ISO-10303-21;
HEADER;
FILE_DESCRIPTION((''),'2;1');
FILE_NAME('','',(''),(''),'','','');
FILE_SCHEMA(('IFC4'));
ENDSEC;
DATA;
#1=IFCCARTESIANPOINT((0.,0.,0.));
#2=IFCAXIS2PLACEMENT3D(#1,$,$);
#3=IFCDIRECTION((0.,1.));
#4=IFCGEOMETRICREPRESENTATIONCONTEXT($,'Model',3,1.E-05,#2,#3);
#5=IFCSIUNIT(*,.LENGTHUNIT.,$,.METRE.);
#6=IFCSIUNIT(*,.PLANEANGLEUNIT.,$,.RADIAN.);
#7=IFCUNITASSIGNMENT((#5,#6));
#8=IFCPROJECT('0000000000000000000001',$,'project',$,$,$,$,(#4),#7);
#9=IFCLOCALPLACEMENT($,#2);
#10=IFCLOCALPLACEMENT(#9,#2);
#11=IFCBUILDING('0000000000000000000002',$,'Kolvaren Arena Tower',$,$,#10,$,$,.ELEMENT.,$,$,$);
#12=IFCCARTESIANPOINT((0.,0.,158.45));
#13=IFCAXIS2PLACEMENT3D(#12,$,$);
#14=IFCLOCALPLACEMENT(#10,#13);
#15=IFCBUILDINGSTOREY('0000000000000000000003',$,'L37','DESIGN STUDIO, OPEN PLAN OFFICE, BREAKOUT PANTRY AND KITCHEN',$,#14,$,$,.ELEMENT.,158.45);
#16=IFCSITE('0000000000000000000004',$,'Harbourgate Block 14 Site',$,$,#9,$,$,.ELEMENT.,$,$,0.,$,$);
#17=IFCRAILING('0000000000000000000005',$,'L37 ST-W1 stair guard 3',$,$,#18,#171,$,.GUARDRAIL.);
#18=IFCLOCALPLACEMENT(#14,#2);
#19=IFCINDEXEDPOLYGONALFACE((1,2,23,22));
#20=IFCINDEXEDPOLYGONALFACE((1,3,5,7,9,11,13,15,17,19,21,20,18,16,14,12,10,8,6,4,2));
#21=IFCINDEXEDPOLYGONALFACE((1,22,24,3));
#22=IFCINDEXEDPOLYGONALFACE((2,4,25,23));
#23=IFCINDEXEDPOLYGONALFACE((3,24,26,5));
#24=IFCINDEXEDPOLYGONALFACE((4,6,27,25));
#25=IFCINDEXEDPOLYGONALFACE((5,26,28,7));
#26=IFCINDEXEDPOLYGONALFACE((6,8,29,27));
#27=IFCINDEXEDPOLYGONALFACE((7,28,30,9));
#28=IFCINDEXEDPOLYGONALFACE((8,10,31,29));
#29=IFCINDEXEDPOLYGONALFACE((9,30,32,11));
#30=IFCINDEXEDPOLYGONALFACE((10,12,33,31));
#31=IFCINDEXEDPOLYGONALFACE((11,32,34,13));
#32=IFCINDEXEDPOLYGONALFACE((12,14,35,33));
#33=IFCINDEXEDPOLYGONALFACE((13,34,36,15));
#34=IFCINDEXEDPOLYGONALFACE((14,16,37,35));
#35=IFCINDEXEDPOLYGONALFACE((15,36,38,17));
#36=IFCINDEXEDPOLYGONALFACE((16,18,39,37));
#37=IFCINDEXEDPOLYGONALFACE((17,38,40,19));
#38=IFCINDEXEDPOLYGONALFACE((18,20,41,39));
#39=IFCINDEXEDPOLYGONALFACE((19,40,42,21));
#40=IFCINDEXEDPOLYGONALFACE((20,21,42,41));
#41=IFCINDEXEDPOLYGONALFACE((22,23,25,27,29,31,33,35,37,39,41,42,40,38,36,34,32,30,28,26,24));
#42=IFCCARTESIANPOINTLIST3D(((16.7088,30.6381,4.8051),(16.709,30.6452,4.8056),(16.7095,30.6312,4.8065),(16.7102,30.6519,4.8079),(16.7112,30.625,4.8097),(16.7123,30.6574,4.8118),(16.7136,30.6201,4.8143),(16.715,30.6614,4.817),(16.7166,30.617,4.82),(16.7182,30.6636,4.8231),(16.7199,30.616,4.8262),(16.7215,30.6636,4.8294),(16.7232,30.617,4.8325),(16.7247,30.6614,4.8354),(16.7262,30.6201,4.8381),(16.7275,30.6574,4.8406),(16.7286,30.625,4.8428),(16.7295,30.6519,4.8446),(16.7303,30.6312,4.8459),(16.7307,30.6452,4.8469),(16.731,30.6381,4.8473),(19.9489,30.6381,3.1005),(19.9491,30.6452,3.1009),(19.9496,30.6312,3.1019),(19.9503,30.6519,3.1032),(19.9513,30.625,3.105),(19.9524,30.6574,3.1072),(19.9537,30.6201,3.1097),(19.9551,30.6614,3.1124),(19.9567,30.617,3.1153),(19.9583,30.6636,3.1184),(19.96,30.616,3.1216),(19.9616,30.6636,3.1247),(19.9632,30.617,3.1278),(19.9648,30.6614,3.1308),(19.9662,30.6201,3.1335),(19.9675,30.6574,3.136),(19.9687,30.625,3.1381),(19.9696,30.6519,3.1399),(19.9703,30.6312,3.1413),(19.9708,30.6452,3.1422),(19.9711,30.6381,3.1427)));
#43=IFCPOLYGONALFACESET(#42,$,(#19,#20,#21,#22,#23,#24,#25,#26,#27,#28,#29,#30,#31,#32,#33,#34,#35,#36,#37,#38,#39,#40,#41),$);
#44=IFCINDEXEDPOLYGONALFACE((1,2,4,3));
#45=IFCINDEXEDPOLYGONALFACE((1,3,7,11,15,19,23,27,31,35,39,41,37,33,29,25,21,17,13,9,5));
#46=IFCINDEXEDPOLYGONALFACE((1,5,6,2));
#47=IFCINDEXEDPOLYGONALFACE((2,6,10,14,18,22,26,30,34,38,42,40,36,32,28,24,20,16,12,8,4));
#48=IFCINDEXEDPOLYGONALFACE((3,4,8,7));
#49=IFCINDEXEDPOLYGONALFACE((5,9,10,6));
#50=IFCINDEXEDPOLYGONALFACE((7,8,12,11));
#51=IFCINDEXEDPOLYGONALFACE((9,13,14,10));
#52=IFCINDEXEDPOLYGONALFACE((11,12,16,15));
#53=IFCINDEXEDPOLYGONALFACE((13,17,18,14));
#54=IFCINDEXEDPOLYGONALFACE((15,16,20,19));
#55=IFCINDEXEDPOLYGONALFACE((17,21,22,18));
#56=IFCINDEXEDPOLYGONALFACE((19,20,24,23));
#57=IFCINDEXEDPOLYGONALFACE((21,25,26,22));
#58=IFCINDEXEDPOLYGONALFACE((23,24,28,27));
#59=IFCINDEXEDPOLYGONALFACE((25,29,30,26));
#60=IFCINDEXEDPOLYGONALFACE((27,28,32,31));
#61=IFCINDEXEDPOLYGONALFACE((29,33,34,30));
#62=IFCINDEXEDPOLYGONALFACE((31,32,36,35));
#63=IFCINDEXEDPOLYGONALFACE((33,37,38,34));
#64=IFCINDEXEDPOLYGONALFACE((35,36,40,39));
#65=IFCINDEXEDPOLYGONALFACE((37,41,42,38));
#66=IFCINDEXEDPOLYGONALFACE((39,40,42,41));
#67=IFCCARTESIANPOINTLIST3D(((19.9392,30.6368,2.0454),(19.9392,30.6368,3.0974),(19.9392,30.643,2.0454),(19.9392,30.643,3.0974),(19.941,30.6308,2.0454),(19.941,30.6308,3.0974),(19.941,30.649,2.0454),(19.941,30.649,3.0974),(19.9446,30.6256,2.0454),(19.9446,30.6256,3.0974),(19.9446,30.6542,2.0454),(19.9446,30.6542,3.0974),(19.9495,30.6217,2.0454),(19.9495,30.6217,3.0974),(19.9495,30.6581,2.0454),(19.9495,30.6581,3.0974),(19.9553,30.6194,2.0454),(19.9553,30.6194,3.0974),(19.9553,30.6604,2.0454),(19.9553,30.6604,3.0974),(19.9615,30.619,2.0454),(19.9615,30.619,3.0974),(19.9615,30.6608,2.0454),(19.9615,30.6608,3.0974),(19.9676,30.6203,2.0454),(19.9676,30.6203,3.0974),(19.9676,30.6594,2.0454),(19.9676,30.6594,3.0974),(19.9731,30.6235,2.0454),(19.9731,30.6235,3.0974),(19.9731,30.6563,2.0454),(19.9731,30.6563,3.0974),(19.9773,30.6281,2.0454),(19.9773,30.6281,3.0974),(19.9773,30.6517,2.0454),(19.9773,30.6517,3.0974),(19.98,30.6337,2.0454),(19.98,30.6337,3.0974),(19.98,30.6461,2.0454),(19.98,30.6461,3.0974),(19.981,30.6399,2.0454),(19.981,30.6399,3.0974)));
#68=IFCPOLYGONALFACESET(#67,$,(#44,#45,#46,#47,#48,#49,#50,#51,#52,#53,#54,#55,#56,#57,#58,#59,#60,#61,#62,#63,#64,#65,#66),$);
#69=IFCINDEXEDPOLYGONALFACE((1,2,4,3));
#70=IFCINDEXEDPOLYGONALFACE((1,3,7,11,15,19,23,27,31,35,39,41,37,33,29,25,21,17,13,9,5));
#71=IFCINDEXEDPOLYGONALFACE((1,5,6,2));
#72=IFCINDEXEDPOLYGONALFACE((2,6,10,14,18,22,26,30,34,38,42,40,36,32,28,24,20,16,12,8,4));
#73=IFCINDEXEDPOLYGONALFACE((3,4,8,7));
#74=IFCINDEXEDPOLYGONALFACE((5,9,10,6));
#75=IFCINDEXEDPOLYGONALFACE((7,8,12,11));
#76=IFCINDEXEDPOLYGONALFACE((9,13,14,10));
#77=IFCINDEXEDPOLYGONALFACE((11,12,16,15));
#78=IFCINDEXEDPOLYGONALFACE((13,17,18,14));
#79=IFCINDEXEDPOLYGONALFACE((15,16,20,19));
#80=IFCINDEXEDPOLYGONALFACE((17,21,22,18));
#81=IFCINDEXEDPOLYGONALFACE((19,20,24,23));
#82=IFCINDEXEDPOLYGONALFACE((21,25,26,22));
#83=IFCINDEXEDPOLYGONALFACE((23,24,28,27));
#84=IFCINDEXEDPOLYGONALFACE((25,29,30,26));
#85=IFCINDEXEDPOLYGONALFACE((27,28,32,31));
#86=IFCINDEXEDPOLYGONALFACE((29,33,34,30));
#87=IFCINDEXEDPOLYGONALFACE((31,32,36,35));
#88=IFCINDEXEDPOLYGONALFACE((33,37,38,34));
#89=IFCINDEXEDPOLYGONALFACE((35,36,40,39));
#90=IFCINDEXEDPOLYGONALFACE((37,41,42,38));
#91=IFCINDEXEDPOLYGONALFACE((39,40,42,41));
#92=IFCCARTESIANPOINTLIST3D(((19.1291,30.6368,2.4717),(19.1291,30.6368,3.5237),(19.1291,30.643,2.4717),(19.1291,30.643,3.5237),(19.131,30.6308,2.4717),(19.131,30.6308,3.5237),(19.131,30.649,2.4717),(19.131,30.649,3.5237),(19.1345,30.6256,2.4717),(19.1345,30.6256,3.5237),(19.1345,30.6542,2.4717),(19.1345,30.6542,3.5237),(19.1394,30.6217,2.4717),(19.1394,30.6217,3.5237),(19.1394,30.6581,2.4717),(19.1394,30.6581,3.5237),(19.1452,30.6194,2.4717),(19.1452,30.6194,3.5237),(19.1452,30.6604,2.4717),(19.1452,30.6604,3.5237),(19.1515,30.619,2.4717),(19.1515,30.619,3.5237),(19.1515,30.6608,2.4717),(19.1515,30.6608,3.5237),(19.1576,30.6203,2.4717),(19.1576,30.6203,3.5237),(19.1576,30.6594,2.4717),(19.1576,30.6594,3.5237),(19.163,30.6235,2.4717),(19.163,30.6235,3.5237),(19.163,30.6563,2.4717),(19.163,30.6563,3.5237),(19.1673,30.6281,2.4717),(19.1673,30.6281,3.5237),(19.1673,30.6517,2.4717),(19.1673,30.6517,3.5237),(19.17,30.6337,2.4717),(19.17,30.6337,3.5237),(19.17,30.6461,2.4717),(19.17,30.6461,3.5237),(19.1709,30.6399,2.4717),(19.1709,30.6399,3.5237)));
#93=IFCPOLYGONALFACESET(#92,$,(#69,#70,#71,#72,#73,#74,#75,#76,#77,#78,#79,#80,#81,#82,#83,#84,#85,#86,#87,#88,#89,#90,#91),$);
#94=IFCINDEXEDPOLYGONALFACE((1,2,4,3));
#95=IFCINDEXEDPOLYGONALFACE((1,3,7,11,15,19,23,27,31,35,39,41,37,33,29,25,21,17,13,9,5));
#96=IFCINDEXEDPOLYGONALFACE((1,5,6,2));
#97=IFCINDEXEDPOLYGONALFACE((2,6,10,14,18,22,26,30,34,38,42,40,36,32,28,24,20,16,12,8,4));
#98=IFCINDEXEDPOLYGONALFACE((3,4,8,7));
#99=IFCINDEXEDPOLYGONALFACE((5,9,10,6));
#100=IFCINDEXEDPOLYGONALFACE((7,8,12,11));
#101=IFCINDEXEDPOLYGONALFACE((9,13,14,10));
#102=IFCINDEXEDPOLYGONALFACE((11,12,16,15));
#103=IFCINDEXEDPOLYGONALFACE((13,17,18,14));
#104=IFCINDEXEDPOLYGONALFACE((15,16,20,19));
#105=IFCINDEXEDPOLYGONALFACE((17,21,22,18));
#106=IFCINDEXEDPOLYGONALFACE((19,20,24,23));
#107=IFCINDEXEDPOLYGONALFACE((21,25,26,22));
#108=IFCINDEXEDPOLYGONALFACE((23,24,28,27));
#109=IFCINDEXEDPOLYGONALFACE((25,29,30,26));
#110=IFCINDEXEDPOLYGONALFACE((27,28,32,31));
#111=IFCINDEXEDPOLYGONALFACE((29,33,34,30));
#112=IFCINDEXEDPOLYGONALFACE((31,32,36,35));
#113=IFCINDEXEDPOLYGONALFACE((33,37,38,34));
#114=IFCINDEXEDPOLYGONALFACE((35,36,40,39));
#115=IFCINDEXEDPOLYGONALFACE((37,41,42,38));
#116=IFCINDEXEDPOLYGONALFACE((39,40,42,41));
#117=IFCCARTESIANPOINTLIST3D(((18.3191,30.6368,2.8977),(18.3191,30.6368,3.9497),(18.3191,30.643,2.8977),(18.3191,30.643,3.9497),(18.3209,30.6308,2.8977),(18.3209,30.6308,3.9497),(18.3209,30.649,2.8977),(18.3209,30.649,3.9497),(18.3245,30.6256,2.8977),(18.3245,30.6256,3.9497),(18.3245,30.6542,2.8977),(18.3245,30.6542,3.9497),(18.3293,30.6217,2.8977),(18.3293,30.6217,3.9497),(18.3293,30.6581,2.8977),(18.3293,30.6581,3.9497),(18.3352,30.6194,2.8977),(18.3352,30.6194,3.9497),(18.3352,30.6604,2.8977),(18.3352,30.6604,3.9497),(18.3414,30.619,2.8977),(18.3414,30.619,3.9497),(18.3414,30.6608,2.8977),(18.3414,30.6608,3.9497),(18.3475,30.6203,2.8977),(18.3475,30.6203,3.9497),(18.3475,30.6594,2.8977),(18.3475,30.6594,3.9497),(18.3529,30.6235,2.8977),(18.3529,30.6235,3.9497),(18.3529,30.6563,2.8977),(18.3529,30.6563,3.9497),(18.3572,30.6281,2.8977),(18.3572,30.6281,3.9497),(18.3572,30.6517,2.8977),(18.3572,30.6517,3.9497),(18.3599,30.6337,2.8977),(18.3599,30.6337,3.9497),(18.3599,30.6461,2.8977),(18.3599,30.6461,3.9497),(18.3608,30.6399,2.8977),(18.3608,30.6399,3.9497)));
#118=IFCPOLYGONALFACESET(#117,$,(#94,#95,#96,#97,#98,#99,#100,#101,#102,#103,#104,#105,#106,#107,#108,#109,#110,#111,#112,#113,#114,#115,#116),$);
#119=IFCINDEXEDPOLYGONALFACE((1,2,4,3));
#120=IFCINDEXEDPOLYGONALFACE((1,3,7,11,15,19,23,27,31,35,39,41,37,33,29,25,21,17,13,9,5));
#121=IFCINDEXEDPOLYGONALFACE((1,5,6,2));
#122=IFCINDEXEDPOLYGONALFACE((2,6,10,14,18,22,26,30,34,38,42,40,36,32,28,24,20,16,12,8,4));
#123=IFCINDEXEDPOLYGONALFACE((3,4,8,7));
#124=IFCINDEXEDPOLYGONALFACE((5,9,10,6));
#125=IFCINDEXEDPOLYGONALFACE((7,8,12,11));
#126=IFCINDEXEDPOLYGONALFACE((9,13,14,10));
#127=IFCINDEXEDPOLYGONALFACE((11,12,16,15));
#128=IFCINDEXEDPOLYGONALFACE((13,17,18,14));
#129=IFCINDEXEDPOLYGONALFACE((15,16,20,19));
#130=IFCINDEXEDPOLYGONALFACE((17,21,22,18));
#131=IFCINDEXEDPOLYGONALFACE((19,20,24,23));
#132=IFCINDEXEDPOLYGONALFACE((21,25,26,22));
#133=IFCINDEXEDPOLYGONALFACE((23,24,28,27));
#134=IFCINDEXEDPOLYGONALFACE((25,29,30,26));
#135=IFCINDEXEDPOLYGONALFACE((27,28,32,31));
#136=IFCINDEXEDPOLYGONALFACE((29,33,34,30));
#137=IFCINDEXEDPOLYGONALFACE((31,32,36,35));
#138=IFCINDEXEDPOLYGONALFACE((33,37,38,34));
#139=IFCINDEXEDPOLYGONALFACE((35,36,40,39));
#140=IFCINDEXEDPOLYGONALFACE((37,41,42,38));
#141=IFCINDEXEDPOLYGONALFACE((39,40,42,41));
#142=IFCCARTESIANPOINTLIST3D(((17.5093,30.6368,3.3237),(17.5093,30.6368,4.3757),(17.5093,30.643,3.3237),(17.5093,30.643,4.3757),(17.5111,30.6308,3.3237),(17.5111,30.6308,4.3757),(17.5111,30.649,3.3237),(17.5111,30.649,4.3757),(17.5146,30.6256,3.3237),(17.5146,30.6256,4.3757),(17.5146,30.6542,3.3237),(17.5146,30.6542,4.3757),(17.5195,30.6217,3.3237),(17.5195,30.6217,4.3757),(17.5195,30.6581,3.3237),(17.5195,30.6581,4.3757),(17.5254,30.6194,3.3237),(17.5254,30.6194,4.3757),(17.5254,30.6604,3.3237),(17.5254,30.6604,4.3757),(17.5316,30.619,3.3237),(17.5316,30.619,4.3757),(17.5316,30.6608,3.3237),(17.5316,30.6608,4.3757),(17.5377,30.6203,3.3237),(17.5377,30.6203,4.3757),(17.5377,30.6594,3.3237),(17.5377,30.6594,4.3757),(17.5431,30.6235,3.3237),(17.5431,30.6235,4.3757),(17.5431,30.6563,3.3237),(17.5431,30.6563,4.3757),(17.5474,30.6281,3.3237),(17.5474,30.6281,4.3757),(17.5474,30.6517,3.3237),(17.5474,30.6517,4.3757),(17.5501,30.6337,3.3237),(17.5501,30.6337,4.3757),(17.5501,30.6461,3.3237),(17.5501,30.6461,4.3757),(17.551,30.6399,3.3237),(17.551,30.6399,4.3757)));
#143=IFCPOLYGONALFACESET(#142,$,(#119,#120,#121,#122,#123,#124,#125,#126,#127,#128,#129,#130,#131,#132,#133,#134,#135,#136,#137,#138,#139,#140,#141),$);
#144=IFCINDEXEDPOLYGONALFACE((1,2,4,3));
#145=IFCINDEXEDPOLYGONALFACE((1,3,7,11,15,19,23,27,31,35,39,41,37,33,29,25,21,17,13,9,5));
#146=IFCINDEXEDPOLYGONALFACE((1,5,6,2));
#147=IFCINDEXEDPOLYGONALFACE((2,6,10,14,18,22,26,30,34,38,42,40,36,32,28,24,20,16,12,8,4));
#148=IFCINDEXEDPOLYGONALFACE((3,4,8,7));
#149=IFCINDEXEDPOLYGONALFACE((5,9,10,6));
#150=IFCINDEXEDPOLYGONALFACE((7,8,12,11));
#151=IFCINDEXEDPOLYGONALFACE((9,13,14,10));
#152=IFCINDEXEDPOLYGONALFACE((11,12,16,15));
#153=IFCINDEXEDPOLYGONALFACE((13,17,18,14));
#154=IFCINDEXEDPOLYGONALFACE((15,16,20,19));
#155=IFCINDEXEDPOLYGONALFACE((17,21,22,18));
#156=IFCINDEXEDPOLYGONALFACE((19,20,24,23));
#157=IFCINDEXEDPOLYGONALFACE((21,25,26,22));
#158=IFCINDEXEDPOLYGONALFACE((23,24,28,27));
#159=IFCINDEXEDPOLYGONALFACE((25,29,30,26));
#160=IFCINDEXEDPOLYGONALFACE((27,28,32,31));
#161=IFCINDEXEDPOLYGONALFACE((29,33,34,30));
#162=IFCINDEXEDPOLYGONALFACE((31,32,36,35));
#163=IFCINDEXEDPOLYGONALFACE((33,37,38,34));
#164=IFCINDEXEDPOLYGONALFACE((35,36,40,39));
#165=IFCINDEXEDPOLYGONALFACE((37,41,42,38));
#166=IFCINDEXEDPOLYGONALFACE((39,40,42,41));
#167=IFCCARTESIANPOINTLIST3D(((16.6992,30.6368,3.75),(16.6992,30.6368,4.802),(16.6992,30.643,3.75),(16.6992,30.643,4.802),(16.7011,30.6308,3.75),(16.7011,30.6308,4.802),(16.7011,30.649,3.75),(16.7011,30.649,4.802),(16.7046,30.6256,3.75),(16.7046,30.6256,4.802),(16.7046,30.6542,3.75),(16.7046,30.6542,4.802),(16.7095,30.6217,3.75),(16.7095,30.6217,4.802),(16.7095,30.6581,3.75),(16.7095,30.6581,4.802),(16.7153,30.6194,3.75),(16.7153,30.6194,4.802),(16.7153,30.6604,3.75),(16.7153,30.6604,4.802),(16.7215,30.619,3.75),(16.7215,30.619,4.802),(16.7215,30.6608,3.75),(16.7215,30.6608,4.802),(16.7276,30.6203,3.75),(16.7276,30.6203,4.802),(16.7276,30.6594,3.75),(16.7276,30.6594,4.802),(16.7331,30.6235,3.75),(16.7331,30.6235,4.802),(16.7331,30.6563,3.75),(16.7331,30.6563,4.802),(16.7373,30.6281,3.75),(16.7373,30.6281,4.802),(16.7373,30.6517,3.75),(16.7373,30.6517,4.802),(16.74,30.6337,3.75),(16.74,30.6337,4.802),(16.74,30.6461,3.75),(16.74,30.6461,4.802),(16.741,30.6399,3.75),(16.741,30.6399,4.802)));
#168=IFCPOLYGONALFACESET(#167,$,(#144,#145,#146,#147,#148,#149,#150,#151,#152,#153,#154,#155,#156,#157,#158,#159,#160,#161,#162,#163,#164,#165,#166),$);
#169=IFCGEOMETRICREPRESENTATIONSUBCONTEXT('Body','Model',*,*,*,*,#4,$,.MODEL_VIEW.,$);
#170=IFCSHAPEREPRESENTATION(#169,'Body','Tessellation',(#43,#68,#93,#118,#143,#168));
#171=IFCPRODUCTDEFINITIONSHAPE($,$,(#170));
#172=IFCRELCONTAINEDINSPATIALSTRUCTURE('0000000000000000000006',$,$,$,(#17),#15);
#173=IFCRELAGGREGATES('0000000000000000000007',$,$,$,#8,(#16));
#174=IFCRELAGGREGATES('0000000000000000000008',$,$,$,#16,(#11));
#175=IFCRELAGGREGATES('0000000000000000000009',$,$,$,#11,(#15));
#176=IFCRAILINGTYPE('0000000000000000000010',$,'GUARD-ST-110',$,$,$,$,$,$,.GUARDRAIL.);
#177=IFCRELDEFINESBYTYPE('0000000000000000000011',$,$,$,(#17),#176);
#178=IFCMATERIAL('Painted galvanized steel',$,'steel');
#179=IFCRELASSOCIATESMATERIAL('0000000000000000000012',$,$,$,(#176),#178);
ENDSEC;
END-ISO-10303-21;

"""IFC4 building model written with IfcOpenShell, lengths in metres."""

from ifc_helpers import new_model, si_unit, direction, frame, origin, origin_2d, place, context, subcontext, project, spatial, circle, extrude, material, type_object, element, save


model = new_model("IFC4")

# Units and contexts
model_context = context("Model", 3, precision=1e-05, world=origin(), true_north=direction((0.0, 1.0)))
body_context = subcontext(model_context, "Body", "Model", "MODEL_VIEW")
ifc_project = project(units=[si_unit("LENGTHUNIT", "METRE"), si_unit("PLANEANGLEUNIT", "RADIAN")], contexts=[model_context])

# Site, building, storey
site_placement = place(None, origin())
site = spatial("IfcSite", under=ifc_project, at=site_placement, Name="Harbourgate Block 14 Site", CompositionType="ELEMENT", RefElevation=0.0)
building_placement = place(site_placement, origin())
building = spatial("IfcBuilding", under=site, at=building_placement, Name="Kolvaren Arena Tower", CompositionType="ELEMENT")
storey_placement = place(building_placement, frame((0.0, 0.0, 158.45)))
storey = spatial("IfcBuildingStorey", under=building, at=storey_placement, Name="L37", Description="DESIGN STUDIO, OPEN PLAN OFFICE, BREAKOUT PANTRY AND KITCHEN", CompositionType="ELEMENT", Elevation=158.45)

# Railing
ifc_material_1 = material(Name="Painted galvanized steel", Category="steel")
railing_type_1 = type_object("IfcRailingType", Name="GUARD-ST-110", PredefinedType="GUARDRAIL", material=ifc_material_1)
railing_1_placement = place(storey_placement, frame((19.96, 30.6399, 2.0454)))
element("IfcRailing", 1, at=railing_1_placement, inside=storey, type_object=railing_type_1, Name="L37 ST-W1 stair guard 3", PredefinedType="GUARDRAIL", context=body_context, shape_type="SweptSolid", body=[
    extrude(circle(Radius=0.0239, at=origin_2d()), frame((0.0, 0.0, 1.0762), z_axis=(-0.884993, 0.0, 0.465604), x_axis=(0.0, -1.0, 0.0)), (0.0, 0.0, 1.0), 3.6611),
    extrude(circle(Radius=0.021, at=origin_2d()), origin(), (0.0, 0.0, 1.0), 1.052),
    extrude(circle(Radius=0.021, at=origin_2d()), frame((-0.8101, 0.0, 0.4263)), (0.0, 0.0, 1.0), 1.052),
    extrude(circle(Radius=0.021, at=origin_2d()), frame((-1.6201, 0.0, 0.8523)), (0.0, 0.0, 1.0), 1.052),
    extrude(circle(Radius=0.021, at=origin_2d()), frame((-2.4299, 0.0, 1.2783)), (0.0, 0.0, 1.0), 1.052),
    extrude(circle(Radius=0.021, at=origin_2d()), frame((-3.24, 0.0, 1.7046)), (0.0, 0.0, 1.0), 1.052),
])

save(model, "model.ifc")
